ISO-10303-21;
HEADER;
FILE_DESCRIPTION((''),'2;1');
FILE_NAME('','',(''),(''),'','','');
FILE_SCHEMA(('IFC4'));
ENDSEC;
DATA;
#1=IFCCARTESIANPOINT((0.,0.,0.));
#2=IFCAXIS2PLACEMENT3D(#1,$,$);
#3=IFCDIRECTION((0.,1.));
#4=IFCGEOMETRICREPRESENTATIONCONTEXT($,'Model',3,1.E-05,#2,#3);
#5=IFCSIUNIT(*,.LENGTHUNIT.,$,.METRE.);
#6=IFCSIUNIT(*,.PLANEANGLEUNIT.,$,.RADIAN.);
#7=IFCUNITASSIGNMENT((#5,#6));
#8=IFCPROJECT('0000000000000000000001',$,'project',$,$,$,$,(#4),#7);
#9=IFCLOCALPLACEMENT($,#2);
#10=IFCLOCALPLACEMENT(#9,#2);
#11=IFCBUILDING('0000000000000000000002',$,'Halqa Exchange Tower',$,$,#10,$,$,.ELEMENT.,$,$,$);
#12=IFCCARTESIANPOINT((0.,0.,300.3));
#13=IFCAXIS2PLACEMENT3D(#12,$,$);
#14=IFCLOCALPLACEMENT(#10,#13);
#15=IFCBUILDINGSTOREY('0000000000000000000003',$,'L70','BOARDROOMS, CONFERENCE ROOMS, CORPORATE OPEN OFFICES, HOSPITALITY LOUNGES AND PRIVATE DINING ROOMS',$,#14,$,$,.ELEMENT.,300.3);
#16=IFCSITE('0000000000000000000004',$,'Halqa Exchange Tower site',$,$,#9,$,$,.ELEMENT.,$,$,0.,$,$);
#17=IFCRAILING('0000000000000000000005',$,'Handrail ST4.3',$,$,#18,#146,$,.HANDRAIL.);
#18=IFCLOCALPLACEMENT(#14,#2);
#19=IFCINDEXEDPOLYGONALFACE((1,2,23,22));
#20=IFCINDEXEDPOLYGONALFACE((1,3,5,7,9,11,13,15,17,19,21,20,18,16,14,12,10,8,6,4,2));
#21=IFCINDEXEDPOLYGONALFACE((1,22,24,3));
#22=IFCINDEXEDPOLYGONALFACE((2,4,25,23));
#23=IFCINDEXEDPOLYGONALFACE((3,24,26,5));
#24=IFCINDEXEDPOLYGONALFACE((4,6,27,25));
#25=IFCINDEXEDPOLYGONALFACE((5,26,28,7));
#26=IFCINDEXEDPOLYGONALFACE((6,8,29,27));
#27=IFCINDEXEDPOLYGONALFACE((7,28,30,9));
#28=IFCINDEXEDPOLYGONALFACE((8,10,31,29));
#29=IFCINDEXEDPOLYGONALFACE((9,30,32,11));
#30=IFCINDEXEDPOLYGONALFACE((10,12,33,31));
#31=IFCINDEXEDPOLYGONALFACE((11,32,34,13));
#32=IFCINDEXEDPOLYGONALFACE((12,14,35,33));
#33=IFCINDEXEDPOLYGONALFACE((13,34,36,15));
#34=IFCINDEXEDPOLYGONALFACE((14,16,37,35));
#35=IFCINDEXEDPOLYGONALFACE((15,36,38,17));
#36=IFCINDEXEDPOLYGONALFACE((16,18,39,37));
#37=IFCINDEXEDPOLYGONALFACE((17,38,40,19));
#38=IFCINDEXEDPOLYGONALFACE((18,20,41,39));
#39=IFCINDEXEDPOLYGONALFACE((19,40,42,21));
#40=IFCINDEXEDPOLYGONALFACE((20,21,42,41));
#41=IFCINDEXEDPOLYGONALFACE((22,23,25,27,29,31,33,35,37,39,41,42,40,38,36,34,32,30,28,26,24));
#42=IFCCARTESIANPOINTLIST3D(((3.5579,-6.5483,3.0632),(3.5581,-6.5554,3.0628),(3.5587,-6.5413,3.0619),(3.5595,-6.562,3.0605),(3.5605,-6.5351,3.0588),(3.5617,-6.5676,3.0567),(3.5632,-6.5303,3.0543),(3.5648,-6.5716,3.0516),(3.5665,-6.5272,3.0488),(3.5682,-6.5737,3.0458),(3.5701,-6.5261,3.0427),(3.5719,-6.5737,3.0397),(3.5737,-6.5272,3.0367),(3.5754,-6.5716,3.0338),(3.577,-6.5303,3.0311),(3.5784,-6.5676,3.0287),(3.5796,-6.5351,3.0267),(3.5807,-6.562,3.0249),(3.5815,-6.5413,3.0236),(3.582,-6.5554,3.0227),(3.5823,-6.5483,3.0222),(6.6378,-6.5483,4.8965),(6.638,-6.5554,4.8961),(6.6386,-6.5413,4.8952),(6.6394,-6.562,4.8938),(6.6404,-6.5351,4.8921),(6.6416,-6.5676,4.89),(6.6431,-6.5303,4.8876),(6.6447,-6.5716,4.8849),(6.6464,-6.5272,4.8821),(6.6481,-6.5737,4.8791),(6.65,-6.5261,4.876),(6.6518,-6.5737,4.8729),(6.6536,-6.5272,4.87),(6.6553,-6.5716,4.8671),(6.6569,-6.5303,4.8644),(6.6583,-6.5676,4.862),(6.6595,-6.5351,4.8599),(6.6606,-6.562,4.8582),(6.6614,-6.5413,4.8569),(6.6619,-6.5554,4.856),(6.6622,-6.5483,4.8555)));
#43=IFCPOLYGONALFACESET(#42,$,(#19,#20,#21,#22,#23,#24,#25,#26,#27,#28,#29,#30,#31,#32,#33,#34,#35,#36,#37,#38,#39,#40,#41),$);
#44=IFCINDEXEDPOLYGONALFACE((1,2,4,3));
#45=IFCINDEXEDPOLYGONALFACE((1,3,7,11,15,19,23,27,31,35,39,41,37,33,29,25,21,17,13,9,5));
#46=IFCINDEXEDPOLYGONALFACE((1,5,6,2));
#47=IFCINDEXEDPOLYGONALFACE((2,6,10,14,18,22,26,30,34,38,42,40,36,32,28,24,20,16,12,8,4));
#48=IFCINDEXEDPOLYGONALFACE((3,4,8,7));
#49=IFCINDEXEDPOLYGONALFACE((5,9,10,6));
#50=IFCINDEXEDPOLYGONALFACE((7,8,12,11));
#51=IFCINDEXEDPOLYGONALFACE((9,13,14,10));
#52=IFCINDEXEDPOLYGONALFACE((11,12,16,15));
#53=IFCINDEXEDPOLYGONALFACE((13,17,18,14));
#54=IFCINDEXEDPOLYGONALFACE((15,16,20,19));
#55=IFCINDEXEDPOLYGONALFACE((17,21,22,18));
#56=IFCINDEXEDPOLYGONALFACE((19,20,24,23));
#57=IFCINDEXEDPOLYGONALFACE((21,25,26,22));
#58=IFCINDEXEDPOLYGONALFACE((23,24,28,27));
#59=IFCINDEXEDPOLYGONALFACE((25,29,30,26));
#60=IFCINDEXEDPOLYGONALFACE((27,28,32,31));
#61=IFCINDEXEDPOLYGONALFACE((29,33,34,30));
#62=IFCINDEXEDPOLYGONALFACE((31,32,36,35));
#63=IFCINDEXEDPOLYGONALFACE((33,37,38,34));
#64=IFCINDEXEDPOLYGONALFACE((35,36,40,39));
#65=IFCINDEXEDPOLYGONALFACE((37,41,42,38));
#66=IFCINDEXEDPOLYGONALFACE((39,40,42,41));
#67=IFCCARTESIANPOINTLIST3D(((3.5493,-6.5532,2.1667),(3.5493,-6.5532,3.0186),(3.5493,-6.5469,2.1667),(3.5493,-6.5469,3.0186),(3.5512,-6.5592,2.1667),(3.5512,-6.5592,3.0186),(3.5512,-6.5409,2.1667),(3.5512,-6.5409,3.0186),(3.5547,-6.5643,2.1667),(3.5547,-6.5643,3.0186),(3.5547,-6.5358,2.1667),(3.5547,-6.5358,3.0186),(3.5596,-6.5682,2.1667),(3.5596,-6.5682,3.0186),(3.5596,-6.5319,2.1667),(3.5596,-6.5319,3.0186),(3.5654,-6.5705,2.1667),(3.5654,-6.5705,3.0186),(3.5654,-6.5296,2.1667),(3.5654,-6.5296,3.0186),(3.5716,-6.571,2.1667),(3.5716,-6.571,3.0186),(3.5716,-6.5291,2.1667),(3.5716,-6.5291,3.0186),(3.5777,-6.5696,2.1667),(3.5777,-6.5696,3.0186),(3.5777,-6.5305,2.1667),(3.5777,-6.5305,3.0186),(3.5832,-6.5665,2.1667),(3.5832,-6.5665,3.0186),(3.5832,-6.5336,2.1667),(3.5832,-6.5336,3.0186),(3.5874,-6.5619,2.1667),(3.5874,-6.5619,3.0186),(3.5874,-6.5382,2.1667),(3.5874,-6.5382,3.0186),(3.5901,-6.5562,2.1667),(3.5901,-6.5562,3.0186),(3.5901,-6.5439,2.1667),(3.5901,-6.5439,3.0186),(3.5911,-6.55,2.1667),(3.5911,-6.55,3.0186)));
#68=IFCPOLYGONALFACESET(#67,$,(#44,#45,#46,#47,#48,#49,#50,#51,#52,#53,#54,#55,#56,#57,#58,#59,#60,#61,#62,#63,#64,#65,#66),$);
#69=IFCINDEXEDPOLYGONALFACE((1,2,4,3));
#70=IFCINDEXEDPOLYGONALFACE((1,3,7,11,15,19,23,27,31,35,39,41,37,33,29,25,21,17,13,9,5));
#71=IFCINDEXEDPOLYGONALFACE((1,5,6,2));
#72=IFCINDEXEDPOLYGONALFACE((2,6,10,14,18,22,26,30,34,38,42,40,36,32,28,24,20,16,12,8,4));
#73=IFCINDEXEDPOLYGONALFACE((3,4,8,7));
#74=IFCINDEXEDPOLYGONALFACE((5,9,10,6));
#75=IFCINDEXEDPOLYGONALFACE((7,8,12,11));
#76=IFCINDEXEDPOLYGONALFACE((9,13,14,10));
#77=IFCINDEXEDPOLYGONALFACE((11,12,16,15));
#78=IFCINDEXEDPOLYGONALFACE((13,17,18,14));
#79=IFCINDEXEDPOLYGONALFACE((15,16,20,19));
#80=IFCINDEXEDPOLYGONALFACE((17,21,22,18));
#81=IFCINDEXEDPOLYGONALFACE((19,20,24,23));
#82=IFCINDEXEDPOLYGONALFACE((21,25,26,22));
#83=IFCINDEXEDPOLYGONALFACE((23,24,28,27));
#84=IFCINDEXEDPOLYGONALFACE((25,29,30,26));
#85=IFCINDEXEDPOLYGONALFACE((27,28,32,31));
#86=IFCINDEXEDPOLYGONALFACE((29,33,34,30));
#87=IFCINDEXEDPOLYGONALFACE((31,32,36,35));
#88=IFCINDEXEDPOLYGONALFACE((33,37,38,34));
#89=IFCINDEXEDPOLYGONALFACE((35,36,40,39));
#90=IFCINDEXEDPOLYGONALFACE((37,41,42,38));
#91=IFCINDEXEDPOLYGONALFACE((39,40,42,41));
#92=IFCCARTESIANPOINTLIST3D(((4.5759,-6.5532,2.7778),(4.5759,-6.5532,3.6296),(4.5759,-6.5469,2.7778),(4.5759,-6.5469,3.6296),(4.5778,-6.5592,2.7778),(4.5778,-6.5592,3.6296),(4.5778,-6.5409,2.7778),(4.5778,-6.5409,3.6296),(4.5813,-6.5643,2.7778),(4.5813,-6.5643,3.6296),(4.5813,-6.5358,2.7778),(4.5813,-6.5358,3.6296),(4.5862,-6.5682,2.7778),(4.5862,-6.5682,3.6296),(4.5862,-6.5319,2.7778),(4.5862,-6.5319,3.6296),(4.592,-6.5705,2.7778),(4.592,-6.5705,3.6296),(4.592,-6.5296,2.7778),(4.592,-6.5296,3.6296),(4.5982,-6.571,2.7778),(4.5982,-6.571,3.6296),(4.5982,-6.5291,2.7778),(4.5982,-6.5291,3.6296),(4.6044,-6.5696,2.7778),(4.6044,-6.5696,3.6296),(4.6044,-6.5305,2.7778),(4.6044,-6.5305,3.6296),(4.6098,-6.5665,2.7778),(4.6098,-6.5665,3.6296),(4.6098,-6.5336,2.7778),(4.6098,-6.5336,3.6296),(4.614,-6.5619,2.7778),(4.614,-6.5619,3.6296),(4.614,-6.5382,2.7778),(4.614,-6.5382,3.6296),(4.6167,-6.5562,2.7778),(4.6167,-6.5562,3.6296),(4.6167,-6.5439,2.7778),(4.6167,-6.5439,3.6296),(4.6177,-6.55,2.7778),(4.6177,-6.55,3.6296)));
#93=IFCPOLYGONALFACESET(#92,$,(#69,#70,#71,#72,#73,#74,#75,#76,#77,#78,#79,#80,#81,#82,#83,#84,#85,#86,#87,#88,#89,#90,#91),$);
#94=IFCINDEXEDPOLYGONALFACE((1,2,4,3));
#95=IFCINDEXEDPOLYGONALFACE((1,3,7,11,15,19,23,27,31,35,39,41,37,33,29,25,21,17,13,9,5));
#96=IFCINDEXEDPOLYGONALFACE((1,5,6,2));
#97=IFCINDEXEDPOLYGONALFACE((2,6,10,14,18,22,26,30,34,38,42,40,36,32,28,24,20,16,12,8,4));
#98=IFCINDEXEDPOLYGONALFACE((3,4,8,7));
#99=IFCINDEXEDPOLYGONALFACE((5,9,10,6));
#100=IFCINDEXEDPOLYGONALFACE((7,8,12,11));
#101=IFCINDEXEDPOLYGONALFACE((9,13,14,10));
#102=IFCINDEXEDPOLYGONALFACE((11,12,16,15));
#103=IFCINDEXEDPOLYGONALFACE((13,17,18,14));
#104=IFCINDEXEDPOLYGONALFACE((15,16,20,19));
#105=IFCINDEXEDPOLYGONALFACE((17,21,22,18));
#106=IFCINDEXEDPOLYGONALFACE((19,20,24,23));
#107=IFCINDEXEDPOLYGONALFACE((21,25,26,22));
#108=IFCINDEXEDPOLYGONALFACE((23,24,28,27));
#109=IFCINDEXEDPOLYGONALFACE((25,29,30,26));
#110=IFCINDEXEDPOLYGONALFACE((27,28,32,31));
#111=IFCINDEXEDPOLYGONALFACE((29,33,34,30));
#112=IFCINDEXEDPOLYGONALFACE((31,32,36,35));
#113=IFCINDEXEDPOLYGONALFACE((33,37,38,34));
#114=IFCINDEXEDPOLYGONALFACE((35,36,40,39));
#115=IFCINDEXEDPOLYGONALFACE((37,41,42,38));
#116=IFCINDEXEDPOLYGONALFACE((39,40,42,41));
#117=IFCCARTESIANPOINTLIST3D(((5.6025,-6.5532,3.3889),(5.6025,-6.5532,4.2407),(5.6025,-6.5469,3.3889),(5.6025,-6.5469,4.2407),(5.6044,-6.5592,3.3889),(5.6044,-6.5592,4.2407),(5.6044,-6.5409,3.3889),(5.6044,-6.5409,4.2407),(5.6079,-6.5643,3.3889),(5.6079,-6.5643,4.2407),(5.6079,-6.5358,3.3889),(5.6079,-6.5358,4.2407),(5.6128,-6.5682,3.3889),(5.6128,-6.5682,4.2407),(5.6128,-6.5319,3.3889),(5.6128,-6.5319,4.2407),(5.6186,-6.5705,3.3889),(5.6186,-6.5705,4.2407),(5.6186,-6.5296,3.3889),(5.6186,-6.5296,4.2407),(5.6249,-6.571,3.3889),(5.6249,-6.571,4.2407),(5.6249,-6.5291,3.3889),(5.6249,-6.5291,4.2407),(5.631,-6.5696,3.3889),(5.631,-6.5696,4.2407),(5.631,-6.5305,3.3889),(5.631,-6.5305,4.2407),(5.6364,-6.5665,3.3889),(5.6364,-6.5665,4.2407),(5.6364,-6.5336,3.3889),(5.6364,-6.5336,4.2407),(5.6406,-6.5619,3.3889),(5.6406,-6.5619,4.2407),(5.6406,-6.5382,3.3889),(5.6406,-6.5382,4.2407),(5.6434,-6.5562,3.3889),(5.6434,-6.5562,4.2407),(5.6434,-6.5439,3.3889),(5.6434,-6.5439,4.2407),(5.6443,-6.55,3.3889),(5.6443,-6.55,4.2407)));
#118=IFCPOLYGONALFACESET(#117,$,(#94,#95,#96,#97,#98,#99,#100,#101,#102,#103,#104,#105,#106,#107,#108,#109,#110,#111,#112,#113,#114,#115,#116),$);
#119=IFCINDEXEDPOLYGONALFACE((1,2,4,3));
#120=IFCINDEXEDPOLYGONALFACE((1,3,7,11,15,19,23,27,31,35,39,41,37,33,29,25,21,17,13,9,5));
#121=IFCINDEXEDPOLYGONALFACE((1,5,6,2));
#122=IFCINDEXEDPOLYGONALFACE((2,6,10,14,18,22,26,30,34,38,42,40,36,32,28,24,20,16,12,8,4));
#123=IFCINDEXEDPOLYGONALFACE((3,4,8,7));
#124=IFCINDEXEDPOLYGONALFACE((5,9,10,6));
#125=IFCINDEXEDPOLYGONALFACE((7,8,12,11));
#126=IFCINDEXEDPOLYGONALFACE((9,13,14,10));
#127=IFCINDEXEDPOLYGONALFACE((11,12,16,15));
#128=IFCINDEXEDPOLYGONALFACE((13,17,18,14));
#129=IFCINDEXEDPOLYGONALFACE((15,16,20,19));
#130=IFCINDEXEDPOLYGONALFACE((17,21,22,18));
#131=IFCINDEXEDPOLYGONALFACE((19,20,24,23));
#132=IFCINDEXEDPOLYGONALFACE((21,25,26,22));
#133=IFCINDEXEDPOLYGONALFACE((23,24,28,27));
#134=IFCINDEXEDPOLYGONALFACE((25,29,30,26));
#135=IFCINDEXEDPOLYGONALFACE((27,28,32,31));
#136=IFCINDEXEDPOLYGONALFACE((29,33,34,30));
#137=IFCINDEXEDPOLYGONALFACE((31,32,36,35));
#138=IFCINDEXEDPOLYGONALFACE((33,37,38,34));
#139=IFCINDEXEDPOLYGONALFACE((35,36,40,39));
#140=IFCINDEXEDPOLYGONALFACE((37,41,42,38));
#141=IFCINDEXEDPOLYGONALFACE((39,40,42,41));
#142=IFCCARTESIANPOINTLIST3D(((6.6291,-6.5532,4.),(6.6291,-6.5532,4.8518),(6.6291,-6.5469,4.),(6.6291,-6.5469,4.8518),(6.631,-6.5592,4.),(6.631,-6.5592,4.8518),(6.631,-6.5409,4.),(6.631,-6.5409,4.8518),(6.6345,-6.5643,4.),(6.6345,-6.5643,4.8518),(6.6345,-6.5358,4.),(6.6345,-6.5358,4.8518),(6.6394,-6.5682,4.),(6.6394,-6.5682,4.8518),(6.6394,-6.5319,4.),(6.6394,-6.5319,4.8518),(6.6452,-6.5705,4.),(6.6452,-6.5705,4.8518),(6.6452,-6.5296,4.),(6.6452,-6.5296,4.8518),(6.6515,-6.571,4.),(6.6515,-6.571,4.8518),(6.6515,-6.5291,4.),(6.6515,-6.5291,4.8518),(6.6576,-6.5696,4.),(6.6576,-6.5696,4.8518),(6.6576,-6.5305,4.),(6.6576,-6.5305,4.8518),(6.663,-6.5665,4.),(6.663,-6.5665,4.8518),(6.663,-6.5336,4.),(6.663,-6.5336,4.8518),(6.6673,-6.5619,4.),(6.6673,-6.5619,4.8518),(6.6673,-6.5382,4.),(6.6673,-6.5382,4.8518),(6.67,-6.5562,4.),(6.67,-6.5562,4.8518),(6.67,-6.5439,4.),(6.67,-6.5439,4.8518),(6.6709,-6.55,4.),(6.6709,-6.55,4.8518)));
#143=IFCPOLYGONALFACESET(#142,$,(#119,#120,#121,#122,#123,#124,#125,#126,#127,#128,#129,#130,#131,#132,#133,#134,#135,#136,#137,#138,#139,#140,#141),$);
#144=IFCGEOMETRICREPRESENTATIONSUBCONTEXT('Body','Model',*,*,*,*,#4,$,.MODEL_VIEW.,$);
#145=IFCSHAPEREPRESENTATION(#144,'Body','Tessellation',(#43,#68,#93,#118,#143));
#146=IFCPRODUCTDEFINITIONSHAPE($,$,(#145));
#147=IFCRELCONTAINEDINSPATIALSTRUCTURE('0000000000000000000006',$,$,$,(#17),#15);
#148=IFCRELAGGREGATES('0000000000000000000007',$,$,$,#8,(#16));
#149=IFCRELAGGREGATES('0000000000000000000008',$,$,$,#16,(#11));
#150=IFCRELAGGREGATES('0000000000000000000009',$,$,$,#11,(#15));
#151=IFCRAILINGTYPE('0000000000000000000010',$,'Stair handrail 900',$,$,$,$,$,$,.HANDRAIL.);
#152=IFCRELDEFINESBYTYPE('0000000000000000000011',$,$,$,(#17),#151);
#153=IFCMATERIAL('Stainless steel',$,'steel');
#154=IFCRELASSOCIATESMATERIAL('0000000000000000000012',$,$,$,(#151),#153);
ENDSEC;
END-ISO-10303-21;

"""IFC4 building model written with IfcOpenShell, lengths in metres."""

from ifc_helpers import new_model, si_unit, direction, frame, origin, origin_2d, place, context, subcontext, project, spatial, circle, extrude, material, type_object, element, save


model = new_model("IFC4")

# Units and contexts
model_context = context("Model", 3, precision=1e-05, world=origin(), true_north=direction((0.0, 1.0)))
body_context = subcontext(model_context, "Body", "Model", "MODEL_VIEW")
ifc_project = project(units=[si_unit("LENGTHUNIT", "METRE"), si_unit("PLANEANGLEUNIT", "RADIAN")], contexts=[model_context])

# Site, building, storey
site_placement = place(None, origin())
site = spatial("IfcSite", under=ifc_project, at=site_placement, Name="Halqa Exchange Tower site", CompositionType="ELEMENT", RefElevation=0.0)
building_placement = place(site_placement, origin())
building = spatial("IfcBuilding", under=site, at=building_placement, Name="Halqa Exchange Tower", CompositionType="ELEMENT")
storey_placement = place(building_placement, frame((0.0, 0.0, 300.3)))
storey = spatial("IfcBuildingStorey", under=building, at=storey_placement, Name="L70", Description="BOARDROOMS, CONFERENCE ROOMS, CORPORATE OPEN OFFICES, HOSPITALITY LOUNGES AND PRIVATE DINING ROOMS", CompositionType="ELEMENT", Elevation=300.3)

# Railing
ifc_material_1 = material(Name="Stainless steel", Category="steel")
railing_type_1 = type_object("IfcRailingType", Name="Stair handrail 900", PredefinedType="HANDRAIL", material=ifc_material_1)
railing_1_placement = place(storey_placement, frame((3.5701, -6.55, 2.1667)))
element("IfcRailing", 1, at=railing_1_placement, inside=storey, type_object=railing_type_1, Name="Handrail ST4.3", PredefinedType="HANDRAIL", context=body_context, shape_type="SweptSolid", body=[
    extrude(circle(Radius=0.0239, at=origin_2d()), frame((0.0, 0.0, 0.876), z_axis=(0.859291, 0.0, 0.511487), x_axis=(0.0, 1.0, 0.0)), (0.0, 0.0, 1.0), 3.5842),
    extrude(circle(Radius=0.021, at=origin_2d()), origin(), (0.0, 0.0, 1.0), 0.8518),
    extrude(circle(Radius=0.021, at=origin_2d()), frame((1.0266, 0.0, 0.6111)), (0.0, 0.0, 1.0), 0.8518),
    extrude(circle(Radius=0.021, at=origin_2d()), frame((2.0532, 0.0, 1.2222)), (0.0, 0.0, 1.0), 0.8518),
    extrude(circle(Radius=0.021, at=origin_2d()), frame((3.0798, 0.0, 1.8333)), (0.0, 0.0, 1.0), 0.8518),
])

save(model, "model.ifc")
